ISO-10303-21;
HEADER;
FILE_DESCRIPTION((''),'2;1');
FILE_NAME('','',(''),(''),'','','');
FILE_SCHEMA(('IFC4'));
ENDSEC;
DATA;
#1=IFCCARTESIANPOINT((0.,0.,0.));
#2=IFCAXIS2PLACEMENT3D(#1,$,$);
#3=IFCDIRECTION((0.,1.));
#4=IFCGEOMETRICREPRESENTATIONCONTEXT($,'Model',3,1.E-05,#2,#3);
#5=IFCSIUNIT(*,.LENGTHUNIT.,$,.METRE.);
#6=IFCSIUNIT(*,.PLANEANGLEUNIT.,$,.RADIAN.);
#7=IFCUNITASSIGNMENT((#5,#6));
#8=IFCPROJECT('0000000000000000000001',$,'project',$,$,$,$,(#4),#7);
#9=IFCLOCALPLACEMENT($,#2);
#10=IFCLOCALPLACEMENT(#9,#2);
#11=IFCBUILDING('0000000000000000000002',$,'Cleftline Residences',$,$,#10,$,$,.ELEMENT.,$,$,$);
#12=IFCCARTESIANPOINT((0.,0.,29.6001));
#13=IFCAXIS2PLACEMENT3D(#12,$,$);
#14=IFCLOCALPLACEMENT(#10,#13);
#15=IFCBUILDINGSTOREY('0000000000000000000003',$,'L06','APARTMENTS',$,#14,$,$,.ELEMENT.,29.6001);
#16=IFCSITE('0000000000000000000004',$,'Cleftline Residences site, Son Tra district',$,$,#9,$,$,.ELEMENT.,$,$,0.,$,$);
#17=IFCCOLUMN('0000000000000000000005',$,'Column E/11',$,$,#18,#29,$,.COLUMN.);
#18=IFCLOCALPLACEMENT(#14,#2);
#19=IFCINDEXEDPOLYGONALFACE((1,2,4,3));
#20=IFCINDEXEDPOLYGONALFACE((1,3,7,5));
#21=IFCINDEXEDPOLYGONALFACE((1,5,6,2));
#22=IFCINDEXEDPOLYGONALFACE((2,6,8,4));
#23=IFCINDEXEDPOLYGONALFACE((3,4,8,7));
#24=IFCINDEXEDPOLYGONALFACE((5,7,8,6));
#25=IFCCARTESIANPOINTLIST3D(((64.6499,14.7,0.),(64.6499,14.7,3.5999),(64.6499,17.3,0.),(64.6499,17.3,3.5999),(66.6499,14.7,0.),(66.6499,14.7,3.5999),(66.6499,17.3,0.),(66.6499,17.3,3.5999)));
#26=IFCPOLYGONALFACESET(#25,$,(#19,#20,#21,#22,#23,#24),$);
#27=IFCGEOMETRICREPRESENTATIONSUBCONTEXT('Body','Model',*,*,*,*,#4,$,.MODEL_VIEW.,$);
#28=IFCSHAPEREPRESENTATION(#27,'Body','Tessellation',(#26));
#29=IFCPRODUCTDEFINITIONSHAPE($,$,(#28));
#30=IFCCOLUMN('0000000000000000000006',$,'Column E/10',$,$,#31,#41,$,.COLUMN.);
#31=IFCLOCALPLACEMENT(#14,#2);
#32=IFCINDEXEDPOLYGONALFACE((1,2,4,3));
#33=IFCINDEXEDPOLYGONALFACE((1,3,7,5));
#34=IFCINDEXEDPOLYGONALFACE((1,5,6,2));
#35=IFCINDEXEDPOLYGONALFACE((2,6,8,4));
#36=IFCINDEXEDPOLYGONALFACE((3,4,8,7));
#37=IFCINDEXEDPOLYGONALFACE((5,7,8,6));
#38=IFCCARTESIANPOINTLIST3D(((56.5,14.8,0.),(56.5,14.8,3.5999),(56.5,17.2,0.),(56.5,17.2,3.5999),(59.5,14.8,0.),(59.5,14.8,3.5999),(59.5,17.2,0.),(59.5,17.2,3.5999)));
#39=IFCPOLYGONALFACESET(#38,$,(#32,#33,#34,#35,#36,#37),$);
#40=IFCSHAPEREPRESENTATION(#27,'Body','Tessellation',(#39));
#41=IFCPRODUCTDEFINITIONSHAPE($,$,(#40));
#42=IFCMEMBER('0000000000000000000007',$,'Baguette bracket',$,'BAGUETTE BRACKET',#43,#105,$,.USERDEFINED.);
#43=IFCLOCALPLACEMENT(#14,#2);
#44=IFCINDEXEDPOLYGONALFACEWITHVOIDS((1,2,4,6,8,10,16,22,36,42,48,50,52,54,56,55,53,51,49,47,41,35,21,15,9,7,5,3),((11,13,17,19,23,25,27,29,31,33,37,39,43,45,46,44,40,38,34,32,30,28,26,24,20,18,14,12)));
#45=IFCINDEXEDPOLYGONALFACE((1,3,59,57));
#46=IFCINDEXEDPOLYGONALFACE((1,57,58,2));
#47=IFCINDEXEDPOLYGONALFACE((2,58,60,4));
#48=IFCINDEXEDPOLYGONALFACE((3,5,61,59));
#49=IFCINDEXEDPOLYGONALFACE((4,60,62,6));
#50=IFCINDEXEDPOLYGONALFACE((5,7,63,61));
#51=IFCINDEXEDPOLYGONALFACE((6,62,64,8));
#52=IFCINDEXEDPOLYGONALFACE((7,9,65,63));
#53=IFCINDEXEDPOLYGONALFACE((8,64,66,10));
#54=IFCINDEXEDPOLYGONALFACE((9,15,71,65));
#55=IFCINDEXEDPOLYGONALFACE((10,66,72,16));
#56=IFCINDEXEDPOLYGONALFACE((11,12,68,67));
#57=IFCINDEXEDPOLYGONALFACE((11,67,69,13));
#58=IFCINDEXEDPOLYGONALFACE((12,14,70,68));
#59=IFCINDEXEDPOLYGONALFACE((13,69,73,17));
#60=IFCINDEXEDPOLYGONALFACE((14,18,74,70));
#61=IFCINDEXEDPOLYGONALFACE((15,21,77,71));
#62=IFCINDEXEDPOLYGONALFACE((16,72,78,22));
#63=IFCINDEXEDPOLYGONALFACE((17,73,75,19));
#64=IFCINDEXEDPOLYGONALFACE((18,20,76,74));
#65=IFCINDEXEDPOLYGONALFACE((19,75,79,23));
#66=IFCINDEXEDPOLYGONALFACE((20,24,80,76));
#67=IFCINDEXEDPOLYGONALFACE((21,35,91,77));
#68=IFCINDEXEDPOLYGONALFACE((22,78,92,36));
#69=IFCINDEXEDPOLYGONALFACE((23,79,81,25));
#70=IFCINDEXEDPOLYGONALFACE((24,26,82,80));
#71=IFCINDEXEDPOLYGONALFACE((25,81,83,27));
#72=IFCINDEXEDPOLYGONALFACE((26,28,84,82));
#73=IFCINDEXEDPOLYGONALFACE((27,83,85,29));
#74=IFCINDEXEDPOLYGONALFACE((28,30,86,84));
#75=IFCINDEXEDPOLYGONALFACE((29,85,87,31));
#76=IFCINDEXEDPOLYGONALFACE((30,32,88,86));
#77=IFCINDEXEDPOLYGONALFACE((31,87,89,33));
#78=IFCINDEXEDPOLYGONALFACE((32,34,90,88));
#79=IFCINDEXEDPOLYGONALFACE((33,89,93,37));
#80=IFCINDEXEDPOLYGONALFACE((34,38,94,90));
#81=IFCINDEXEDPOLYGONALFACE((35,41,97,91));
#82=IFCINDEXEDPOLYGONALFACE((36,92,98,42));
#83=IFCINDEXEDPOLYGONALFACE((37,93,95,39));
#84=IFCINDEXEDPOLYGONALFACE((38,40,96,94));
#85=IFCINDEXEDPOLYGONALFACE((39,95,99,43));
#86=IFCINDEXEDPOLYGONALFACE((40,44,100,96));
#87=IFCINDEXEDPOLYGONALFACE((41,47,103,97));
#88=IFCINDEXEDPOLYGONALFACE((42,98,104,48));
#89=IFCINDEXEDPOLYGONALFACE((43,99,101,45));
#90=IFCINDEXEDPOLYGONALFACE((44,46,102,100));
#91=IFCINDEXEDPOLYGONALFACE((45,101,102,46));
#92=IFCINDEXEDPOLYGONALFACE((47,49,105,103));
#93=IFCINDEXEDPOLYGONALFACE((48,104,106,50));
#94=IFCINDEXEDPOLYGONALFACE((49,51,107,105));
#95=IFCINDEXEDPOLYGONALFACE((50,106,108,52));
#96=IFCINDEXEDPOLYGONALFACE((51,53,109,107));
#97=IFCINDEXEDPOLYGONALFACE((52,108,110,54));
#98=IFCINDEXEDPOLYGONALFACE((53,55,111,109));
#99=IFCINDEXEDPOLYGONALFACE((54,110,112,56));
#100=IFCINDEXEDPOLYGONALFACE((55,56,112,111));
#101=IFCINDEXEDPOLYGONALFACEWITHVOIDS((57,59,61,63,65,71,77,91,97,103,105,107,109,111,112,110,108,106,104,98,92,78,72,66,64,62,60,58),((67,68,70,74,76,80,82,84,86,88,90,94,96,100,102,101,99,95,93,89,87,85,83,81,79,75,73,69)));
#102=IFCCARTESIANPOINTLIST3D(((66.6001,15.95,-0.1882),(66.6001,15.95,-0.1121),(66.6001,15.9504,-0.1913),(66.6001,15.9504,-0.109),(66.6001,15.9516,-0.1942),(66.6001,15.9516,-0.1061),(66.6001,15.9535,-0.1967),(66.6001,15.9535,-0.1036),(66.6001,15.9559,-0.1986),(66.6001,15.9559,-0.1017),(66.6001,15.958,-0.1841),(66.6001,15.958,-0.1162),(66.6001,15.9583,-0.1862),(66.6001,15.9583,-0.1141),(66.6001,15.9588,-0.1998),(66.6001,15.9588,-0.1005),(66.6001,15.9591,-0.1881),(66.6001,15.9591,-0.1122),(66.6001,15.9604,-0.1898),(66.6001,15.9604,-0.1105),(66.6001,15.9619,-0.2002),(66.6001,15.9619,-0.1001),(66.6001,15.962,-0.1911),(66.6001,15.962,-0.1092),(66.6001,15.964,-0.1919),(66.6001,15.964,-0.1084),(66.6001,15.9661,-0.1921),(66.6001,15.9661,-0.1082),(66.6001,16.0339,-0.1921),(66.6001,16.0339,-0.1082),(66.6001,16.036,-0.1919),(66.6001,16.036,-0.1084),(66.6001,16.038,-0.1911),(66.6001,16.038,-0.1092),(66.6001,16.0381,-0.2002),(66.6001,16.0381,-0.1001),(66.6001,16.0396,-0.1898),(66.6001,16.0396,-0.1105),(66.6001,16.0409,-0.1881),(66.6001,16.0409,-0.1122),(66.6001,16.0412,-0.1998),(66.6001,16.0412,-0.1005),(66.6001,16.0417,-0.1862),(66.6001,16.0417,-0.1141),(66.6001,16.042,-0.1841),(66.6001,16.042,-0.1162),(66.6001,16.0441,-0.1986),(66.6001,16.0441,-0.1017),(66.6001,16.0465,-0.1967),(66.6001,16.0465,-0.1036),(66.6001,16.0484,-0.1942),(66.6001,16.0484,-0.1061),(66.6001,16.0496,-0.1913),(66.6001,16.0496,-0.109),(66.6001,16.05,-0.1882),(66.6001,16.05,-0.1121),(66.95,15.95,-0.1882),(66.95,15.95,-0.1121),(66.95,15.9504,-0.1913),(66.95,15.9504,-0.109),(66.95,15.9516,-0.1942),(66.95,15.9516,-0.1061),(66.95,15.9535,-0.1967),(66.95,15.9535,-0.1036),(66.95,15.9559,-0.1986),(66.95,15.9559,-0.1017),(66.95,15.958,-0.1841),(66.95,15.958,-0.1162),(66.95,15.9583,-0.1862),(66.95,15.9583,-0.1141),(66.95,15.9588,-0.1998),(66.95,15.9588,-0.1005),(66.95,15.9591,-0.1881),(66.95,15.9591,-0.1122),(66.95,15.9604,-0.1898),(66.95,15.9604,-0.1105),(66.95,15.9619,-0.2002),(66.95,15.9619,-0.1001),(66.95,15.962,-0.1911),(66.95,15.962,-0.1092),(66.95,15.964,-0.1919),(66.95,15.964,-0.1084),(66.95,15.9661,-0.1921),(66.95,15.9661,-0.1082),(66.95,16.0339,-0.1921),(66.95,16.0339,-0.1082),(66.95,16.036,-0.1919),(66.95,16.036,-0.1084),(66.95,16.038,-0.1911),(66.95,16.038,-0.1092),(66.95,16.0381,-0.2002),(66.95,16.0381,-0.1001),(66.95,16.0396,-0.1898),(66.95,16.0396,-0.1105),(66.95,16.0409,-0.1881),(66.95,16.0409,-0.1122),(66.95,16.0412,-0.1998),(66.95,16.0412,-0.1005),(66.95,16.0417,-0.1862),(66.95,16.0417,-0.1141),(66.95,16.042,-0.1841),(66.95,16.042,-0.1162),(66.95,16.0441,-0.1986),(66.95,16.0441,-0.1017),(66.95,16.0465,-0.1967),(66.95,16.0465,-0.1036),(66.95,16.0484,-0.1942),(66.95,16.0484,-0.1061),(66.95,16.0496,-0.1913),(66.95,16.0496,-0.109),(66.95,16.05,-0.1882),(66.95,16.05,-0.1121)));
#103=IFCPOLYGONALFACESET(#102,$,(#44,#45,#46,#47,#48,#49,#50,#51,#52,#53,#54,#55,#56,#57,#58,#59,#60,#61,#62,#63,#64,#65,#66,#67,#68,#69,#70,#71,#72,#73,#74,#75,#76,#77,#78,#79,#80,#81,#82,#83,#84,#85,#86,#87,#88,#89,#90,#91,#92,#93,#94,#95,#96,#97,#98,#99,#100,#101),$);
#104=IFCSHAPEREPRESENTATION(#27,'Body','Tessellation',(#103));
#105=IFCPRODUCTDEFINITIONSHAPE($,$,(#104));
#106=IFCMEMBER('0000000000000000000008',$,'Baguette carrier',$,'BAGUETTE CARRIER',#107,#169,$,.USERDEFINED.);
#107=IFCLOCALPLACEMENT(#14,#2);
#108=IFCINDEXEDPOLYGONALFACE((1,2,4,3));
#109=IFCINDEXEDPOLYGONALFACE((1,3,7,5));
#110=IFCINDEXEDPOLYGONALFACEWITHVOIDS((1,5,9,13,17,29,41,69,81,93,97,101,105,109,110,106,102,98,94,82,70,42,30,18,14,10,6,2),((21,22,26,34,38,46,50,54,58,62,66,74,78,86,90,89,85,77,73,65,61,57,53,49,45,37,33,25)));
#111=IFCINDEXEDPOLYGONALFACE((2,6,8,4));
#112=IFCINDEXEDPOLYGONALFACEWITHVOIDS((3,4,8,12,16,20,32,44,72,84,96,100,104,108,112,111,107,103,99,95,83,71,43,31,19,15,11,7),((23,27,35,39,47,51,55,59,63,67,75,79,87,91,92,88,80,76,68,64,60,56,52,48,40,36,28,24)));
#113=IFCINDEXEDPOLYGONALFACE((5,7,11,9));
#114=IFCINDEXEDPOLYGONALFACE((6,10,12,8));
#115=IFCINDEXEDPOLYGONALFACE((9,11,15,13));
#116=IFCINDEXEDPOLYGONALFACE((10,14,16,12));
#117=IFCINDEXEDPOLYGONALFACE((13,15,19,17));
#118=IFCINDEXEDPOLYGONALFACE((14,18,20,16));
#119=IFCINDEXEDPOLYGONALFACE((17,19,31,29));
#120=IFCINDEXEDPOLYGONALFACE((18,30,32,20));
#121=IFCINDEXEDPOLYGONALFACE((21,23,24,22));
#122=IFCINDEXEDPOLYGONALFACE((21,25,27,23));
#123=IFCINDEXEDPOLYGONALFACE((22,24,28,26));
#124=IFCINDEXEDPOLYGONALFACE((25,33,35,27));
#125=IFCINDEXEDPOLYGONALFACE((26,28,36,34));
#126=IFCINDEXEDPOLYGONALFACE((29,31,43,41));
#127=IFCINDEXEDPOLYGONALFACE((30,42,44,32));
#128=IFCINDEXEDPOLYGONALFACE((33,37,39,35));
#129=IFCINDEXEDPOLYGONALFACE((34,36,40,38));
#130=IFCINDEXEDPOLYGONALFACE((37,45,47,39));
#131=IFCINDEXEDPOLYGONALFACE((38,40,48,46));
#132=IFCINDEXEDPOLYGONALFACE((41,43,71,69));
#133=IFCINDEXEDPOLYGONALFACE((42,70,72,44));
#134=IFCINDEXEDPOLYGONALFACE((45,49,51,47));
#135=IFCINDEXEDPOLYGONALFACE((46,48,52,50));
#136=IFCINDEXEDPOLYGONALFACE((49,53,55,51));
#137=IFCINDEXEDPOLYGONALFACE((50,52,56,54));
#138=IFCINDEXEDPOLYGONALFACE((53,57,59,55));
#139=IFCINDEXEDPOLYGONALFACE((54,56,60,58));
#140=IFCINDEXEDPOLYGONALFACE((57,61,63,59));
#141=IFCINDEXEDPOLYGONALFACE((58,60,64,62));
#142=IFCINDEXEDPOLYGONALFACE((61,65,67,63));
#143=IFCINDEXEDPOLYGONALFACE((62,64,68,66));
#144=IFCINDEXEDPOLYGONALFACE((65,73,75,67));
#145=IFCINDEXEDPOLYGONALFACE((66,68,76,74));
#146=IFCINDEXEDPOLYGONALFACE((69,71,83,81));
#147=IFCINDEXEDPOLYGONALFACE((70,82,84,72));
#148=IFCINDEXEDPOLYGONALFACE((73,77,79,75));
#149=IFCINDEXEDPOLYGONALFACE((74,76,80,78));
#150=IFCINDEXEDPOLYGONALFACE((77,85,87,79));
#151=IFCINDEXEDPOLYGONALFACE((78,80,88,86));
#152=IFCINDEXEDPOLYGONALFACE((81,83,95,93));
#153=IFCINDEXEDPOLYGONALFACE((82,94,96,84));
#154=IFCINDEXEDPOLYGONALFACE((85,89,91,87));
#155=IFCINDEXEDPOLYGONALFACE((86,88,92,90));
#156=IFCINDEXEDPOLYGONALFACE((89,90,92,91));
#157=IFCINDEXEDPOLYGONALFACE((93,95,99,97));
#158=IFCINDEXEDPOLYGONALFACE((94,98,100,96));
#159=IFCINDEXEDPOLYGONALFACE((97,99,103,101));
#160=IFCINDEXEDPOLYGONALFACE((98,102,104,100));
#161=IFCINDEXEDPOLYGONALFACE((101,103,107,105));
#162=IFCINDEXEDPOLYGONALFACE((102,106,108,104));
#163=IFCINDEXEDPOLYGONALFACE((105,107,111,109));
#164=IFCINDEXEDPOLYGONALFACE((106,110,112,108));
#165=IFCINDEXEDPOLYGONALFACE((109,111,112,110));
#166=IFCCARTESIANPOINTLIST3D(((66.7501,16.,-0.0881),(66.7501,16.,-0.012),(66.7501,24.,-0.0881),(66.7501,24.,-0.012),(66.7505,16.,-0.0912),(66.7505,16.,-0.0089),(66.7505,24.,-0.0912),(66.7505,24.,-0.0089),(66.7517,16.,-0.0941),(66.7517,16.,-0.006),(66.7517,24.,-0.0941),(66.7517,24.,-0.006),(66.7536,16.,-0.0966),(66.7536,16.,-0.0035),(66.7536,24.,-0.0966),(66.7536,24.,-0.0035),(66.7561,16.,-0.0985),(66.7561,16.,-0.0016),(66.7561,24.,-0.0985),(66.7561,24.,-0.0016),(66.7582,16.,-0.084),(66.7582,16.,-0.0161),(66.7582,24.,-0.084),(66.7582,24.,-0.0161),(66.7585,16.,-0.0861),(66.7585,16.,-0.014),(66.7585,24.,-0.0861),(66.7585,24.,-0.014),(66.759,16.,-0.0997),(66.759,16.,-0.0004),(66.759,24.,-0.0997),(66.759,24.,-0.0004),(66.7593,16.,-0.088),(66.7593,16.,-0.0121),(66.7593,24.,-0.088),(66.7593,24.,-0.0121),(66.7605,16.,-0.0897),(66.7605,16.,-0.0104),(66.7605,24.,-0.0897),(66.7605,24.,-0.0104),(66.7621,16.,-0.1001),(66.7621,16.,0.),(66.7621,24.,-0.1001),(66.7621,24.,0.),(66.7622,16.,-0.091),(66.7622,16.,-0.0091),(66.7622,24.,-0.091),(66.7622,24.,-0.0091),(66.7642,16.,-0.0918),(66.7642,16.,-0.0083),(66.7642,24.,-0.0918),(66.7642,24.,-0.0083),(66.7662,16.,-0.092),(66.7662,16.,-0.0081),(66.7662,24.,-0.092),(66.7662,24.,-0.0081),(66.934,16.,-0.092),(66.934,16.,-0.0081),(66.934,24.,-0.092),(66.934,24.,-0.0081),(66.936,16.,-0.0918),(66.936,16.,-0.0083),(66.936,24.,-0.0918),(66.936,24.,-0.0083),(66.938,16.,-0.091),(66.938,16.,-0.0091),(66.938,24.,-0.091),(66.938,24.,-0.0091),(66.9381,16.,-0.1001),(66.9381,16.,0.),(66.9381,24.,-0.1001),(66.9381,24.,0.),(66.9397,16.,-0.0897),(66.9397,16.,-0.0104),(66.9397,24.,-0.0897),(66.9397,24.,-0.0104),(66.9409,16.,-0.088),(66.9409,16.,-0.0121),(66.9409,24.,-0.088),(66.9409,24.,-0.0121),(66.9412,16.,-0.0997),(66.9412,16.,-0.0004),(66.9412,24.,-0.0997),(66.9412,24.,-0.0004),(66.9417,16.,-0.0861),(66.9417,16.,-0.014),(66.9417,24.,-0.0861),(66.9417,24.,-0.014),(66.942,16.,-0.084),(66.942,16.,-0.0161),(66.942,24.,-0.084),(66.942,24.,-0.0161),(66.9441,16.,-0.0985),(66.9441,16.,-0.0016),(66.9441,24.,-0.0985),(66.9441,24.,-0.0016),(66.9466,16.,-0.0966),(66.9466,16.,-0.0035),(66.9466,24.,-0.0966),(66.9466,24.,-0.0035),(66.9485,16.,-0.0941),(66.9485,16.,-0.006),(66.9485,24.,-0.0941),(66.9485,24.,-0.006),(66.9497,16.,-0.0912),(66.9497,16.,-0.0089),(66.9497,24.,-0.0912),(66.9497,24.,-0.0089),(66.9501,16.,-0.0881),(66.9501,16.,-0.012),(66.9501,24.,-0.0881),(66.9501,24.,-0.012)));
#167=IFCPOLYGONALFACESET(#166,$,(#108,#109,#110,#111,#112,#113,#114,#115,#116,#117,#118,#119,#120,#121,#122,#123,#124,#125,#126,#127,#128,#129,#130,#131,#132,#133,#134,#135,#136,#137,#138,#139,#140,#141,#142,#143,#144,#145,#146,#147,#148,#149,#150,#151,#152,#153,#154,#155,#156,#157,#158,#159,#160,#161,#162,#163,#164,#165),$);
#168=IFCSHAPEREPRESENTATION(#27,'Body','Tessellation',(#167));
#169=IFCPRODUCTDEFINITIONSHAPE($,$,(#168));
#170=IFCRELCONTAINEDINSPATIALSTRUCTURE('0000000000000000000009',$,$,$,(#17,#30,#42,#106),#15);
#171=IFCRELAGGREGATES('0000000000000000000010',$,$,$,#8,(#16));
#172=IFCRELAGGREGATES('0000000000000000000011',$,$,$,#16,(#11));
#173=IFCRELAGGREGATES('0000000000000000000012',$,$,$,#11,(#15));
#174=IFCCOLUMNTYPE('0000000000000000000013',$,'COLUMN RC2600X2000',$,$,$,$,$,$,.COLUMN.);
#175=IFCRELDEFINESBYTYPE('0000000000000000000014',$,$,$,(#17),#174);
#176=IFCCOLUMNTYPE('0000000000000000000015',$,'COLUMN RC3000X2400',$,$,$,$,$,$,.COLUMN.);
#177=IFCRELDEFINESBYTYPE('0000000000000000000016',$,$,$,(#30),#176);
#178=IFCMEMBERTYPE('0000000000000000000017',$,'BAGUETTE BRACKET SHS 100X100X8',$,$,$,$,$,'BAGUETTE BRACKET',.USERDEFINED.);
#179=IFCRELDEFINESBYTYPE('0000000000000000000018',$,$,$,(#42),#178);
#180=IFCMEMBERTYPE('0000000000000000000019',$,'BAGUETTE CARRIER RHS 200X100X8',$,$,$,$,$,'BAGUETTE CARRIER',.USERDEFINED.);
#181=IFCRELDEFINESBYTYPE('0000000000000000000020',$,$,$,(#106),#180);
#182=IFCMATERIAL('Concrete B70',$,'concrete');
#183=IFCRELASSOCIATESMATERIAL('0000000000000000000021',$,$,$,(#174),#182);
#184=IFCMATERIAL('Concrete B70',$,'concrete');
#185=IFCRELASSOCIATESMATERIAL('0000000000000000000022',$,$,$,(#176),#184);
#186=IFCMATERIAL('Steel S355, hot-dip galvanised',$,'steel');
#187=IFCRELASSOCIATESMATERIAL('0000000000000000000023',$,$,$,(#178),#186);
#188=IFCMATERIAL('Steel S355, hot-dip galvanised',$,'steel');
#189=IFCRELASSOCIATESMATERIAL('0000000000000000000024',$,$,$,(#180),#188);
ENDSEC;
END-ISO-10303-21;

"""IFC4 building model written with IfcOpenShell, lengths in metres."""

from ifc_helpers import new_model, si_unit, direction, frame, origin, origin_2d, place, context, subcontext, project, spatial, rectangle, hollow_rectangle, extrude, material, material_profile, profile_set, type_object, element, save


model = new_model("IFC4")

# Units and contexts
model_context = context("Model", 3, precision=1e-05, world=origin(), true_north=direction((0.0, 1.0)))
body_context = subcontext(model_context, "Body", "Model", "MODEL_VIEW")
ifc_project = project(units=[si_unit("LENGTHUNIT", "METRE"), si_unit("PLANEANGLEUNIT", "RADIAN")], contexts=[model_context])

# Site, building, storey
site_placement = place(None, origin())
site = spatial("IfcSite", under=ifc_project, at=site_placement, Name="Cleftline Residences site, Son Tra district", CompositionType="ELEMENT", RefElevation=0.0)
building_placement = place(site_placement, origin())
building = spatial("IfcBuilding", under=site, at=building_placement, Name="Cleftline Residences", CompositionType="ELEMENT")
storey_placement = place(building_placement, frame((0.0, 0.0, 29.6001)))
storey = spatial("IfcBuildingStorey", under=building, at=storey_placement, Name="L06", Description="APARTMENTS", CompositionType="ELEMENT", Elevation=29.6001)

# Columns
ifc_material_1 = material(Name="Concrete B70", Category="concrete")
ifc_material_profile_1 = material_profile(ifc_material_1, rectangle(XDim=2.6001, YDim=2.0, at=origin_2d()))
ifc_profile_set_1 = profile_set([ifc_material_profile_1], Name="Concrete B70")
column_type_1 = type_object("IfcColumnType", Name="COLUMN RC2600X2000", PredefinedType="COLUMN", material=ifc_profile_set_1)
column_1_placement = place(storey_placement, frame((65.6499, 16.0, 0.0), z_axis=(0.0, 0.0, 1.0), x_axis=(0.0, 1.0, 0.0)))
element("IfcColumn", 1, at=column_1_placement, inside=storey, type_object=column_type_1, Name="Column E/11", PredefinedType="COLUMN", context=body_context, shape_type="SweptSolid", body=[
    extrude(rectangle(XDim=2.6001, YDim=2.0, at=origin_2d()), origin(), (0.0, 0.0, 1.0), 3.5999),
])
ifc_material_2 = material(Name="Concrete B70", Category="concrete")
ifc_material_profile_2 = material_profile(ifc_material_2, rectangle(XDim=3.0, YDim=2.3999, at=origin_2d()))
ifc_profile_set_2 = profile_set([ifc_material_profile_2], Name="Concrete B70")
column_type_2 = type_object("IfcColumnType", Name="COLUMN RC3000X2400", PredefinedType="COLUMN", material=ifc_profile_set_2)
column_2_placement = place(storey_placement, frame((58.0, 16.0, 0.0), z_axis=(0.0, 0.0, 1.0), x_axis=(1.0, 0.0, 0.0)))
element("IfcColumn", 2, at=column_2_placement, inside=storey, type_object=column_type_2, Name="Column E/10", PredefinedType="COLUMN", context=body_context, shape_type="SweptSolid", body=[
    extrude(rectangle(XDim=3.0, YDim=2.3999, at=origin_2d()), origin(), (0.0, 0.0, 1.0), 3.5999),
])

# Members
ifc_material_3 = material(Name="Steel S355, hot-dip galvanised", Category="steel")
ifc_material_profile_3 = material_profile(ifc_material_3, hollow_rectangle(XDim=0.1001, YDim=0.1001, WallThickness=0.0081, InnerFilletRadius=0.0081, OuterFilletRadius=0.012, at=origin_2d()))
ifc_profile_set_3 = profile_set([ifc_material_profile_3], Name="Steel S355, hot-dip galvanised")
member_type_1 = type_object("IfcMemberType", Name="BAGUETTE BRACKET SHS 100X100X8", ElementType="BAGUETTE BRACKET", PredefinedType="USERDEFINED", material=ifc_profile_set_3)
member_1_placement = place(storey_placement, frame((66.6001, 16.0, -0.1501), z_axis=(1.0, 0.0, 0.0), x_axis=(0.0, 1.0, 0.0)))
element("IfcMember", 3, at=member_1_placement, inside=storey, type_object=member_type_1, Name="Baguette bracket", ObjectType="BAGUETTE BRACKET", PredefinedType="USERDEFINED", context=body_context, shape_type="SweptSolid", body=[
    extrude(hollow_rectangle(XDim=0.1001, YDim=0.1001, WallThickness=0.0081, InnerFilletRadius=0.0081, OuterFilletRadius=0.012, at=origin_2d()), origin(), (0.0, 0.0, 1.0), 0.3499),
])
ifc_material_4 = material(Name="Steel S355, hot-dip galvanised", Category="steel")
ifc_material_profile_4 = material_profile(ifc_material_4, hollow_rectangle(XDim=0.1001, YDim=0.2, WallThickness=0.0081, InnerFilletRadius=0.0081, OuterFilletRadius=0.012, at=origin_2d()))
ifc_profile_set_4 = profile_set([ifc_material_profile_4], Name="Steel S355, hot-dip galvanised")
member_type_2 = type_object("IfcMemberType", Name="BAGUETTE CARRIER RHS 200X100X8", ElementType="BAGUETTE CARRIER", PredefinedType="USERDEFINED", material=ifc_profile_set_4)
member_2_placement = place(storey_placement, frame((66.8501, 16.0, -0.05), z_axis=(0.0, 1.0, 0.0), x_axis=(0.0, 0.0, 1.0)))
element("IfcMember", 4, at=member_2_placement, inside=storey, type_object=member_type_2, Name="Baguette carrier", ObjectType="BAGUETTE CARRIER", PredefinedType="USERDEFINED", context=body_context, shape_type="SweptSolid", body=[
    extrude(hollow_rectangle(XDim=0.1001, YDim=0.2, WallThickness=0.0081, InnerFilletRadius=0.0081, OuterFilletRadius=0.012, at=origin_2d()), origin(), (0.0, 0.0, 1.0), 8.0),
])

save(model, "model.ifc")
